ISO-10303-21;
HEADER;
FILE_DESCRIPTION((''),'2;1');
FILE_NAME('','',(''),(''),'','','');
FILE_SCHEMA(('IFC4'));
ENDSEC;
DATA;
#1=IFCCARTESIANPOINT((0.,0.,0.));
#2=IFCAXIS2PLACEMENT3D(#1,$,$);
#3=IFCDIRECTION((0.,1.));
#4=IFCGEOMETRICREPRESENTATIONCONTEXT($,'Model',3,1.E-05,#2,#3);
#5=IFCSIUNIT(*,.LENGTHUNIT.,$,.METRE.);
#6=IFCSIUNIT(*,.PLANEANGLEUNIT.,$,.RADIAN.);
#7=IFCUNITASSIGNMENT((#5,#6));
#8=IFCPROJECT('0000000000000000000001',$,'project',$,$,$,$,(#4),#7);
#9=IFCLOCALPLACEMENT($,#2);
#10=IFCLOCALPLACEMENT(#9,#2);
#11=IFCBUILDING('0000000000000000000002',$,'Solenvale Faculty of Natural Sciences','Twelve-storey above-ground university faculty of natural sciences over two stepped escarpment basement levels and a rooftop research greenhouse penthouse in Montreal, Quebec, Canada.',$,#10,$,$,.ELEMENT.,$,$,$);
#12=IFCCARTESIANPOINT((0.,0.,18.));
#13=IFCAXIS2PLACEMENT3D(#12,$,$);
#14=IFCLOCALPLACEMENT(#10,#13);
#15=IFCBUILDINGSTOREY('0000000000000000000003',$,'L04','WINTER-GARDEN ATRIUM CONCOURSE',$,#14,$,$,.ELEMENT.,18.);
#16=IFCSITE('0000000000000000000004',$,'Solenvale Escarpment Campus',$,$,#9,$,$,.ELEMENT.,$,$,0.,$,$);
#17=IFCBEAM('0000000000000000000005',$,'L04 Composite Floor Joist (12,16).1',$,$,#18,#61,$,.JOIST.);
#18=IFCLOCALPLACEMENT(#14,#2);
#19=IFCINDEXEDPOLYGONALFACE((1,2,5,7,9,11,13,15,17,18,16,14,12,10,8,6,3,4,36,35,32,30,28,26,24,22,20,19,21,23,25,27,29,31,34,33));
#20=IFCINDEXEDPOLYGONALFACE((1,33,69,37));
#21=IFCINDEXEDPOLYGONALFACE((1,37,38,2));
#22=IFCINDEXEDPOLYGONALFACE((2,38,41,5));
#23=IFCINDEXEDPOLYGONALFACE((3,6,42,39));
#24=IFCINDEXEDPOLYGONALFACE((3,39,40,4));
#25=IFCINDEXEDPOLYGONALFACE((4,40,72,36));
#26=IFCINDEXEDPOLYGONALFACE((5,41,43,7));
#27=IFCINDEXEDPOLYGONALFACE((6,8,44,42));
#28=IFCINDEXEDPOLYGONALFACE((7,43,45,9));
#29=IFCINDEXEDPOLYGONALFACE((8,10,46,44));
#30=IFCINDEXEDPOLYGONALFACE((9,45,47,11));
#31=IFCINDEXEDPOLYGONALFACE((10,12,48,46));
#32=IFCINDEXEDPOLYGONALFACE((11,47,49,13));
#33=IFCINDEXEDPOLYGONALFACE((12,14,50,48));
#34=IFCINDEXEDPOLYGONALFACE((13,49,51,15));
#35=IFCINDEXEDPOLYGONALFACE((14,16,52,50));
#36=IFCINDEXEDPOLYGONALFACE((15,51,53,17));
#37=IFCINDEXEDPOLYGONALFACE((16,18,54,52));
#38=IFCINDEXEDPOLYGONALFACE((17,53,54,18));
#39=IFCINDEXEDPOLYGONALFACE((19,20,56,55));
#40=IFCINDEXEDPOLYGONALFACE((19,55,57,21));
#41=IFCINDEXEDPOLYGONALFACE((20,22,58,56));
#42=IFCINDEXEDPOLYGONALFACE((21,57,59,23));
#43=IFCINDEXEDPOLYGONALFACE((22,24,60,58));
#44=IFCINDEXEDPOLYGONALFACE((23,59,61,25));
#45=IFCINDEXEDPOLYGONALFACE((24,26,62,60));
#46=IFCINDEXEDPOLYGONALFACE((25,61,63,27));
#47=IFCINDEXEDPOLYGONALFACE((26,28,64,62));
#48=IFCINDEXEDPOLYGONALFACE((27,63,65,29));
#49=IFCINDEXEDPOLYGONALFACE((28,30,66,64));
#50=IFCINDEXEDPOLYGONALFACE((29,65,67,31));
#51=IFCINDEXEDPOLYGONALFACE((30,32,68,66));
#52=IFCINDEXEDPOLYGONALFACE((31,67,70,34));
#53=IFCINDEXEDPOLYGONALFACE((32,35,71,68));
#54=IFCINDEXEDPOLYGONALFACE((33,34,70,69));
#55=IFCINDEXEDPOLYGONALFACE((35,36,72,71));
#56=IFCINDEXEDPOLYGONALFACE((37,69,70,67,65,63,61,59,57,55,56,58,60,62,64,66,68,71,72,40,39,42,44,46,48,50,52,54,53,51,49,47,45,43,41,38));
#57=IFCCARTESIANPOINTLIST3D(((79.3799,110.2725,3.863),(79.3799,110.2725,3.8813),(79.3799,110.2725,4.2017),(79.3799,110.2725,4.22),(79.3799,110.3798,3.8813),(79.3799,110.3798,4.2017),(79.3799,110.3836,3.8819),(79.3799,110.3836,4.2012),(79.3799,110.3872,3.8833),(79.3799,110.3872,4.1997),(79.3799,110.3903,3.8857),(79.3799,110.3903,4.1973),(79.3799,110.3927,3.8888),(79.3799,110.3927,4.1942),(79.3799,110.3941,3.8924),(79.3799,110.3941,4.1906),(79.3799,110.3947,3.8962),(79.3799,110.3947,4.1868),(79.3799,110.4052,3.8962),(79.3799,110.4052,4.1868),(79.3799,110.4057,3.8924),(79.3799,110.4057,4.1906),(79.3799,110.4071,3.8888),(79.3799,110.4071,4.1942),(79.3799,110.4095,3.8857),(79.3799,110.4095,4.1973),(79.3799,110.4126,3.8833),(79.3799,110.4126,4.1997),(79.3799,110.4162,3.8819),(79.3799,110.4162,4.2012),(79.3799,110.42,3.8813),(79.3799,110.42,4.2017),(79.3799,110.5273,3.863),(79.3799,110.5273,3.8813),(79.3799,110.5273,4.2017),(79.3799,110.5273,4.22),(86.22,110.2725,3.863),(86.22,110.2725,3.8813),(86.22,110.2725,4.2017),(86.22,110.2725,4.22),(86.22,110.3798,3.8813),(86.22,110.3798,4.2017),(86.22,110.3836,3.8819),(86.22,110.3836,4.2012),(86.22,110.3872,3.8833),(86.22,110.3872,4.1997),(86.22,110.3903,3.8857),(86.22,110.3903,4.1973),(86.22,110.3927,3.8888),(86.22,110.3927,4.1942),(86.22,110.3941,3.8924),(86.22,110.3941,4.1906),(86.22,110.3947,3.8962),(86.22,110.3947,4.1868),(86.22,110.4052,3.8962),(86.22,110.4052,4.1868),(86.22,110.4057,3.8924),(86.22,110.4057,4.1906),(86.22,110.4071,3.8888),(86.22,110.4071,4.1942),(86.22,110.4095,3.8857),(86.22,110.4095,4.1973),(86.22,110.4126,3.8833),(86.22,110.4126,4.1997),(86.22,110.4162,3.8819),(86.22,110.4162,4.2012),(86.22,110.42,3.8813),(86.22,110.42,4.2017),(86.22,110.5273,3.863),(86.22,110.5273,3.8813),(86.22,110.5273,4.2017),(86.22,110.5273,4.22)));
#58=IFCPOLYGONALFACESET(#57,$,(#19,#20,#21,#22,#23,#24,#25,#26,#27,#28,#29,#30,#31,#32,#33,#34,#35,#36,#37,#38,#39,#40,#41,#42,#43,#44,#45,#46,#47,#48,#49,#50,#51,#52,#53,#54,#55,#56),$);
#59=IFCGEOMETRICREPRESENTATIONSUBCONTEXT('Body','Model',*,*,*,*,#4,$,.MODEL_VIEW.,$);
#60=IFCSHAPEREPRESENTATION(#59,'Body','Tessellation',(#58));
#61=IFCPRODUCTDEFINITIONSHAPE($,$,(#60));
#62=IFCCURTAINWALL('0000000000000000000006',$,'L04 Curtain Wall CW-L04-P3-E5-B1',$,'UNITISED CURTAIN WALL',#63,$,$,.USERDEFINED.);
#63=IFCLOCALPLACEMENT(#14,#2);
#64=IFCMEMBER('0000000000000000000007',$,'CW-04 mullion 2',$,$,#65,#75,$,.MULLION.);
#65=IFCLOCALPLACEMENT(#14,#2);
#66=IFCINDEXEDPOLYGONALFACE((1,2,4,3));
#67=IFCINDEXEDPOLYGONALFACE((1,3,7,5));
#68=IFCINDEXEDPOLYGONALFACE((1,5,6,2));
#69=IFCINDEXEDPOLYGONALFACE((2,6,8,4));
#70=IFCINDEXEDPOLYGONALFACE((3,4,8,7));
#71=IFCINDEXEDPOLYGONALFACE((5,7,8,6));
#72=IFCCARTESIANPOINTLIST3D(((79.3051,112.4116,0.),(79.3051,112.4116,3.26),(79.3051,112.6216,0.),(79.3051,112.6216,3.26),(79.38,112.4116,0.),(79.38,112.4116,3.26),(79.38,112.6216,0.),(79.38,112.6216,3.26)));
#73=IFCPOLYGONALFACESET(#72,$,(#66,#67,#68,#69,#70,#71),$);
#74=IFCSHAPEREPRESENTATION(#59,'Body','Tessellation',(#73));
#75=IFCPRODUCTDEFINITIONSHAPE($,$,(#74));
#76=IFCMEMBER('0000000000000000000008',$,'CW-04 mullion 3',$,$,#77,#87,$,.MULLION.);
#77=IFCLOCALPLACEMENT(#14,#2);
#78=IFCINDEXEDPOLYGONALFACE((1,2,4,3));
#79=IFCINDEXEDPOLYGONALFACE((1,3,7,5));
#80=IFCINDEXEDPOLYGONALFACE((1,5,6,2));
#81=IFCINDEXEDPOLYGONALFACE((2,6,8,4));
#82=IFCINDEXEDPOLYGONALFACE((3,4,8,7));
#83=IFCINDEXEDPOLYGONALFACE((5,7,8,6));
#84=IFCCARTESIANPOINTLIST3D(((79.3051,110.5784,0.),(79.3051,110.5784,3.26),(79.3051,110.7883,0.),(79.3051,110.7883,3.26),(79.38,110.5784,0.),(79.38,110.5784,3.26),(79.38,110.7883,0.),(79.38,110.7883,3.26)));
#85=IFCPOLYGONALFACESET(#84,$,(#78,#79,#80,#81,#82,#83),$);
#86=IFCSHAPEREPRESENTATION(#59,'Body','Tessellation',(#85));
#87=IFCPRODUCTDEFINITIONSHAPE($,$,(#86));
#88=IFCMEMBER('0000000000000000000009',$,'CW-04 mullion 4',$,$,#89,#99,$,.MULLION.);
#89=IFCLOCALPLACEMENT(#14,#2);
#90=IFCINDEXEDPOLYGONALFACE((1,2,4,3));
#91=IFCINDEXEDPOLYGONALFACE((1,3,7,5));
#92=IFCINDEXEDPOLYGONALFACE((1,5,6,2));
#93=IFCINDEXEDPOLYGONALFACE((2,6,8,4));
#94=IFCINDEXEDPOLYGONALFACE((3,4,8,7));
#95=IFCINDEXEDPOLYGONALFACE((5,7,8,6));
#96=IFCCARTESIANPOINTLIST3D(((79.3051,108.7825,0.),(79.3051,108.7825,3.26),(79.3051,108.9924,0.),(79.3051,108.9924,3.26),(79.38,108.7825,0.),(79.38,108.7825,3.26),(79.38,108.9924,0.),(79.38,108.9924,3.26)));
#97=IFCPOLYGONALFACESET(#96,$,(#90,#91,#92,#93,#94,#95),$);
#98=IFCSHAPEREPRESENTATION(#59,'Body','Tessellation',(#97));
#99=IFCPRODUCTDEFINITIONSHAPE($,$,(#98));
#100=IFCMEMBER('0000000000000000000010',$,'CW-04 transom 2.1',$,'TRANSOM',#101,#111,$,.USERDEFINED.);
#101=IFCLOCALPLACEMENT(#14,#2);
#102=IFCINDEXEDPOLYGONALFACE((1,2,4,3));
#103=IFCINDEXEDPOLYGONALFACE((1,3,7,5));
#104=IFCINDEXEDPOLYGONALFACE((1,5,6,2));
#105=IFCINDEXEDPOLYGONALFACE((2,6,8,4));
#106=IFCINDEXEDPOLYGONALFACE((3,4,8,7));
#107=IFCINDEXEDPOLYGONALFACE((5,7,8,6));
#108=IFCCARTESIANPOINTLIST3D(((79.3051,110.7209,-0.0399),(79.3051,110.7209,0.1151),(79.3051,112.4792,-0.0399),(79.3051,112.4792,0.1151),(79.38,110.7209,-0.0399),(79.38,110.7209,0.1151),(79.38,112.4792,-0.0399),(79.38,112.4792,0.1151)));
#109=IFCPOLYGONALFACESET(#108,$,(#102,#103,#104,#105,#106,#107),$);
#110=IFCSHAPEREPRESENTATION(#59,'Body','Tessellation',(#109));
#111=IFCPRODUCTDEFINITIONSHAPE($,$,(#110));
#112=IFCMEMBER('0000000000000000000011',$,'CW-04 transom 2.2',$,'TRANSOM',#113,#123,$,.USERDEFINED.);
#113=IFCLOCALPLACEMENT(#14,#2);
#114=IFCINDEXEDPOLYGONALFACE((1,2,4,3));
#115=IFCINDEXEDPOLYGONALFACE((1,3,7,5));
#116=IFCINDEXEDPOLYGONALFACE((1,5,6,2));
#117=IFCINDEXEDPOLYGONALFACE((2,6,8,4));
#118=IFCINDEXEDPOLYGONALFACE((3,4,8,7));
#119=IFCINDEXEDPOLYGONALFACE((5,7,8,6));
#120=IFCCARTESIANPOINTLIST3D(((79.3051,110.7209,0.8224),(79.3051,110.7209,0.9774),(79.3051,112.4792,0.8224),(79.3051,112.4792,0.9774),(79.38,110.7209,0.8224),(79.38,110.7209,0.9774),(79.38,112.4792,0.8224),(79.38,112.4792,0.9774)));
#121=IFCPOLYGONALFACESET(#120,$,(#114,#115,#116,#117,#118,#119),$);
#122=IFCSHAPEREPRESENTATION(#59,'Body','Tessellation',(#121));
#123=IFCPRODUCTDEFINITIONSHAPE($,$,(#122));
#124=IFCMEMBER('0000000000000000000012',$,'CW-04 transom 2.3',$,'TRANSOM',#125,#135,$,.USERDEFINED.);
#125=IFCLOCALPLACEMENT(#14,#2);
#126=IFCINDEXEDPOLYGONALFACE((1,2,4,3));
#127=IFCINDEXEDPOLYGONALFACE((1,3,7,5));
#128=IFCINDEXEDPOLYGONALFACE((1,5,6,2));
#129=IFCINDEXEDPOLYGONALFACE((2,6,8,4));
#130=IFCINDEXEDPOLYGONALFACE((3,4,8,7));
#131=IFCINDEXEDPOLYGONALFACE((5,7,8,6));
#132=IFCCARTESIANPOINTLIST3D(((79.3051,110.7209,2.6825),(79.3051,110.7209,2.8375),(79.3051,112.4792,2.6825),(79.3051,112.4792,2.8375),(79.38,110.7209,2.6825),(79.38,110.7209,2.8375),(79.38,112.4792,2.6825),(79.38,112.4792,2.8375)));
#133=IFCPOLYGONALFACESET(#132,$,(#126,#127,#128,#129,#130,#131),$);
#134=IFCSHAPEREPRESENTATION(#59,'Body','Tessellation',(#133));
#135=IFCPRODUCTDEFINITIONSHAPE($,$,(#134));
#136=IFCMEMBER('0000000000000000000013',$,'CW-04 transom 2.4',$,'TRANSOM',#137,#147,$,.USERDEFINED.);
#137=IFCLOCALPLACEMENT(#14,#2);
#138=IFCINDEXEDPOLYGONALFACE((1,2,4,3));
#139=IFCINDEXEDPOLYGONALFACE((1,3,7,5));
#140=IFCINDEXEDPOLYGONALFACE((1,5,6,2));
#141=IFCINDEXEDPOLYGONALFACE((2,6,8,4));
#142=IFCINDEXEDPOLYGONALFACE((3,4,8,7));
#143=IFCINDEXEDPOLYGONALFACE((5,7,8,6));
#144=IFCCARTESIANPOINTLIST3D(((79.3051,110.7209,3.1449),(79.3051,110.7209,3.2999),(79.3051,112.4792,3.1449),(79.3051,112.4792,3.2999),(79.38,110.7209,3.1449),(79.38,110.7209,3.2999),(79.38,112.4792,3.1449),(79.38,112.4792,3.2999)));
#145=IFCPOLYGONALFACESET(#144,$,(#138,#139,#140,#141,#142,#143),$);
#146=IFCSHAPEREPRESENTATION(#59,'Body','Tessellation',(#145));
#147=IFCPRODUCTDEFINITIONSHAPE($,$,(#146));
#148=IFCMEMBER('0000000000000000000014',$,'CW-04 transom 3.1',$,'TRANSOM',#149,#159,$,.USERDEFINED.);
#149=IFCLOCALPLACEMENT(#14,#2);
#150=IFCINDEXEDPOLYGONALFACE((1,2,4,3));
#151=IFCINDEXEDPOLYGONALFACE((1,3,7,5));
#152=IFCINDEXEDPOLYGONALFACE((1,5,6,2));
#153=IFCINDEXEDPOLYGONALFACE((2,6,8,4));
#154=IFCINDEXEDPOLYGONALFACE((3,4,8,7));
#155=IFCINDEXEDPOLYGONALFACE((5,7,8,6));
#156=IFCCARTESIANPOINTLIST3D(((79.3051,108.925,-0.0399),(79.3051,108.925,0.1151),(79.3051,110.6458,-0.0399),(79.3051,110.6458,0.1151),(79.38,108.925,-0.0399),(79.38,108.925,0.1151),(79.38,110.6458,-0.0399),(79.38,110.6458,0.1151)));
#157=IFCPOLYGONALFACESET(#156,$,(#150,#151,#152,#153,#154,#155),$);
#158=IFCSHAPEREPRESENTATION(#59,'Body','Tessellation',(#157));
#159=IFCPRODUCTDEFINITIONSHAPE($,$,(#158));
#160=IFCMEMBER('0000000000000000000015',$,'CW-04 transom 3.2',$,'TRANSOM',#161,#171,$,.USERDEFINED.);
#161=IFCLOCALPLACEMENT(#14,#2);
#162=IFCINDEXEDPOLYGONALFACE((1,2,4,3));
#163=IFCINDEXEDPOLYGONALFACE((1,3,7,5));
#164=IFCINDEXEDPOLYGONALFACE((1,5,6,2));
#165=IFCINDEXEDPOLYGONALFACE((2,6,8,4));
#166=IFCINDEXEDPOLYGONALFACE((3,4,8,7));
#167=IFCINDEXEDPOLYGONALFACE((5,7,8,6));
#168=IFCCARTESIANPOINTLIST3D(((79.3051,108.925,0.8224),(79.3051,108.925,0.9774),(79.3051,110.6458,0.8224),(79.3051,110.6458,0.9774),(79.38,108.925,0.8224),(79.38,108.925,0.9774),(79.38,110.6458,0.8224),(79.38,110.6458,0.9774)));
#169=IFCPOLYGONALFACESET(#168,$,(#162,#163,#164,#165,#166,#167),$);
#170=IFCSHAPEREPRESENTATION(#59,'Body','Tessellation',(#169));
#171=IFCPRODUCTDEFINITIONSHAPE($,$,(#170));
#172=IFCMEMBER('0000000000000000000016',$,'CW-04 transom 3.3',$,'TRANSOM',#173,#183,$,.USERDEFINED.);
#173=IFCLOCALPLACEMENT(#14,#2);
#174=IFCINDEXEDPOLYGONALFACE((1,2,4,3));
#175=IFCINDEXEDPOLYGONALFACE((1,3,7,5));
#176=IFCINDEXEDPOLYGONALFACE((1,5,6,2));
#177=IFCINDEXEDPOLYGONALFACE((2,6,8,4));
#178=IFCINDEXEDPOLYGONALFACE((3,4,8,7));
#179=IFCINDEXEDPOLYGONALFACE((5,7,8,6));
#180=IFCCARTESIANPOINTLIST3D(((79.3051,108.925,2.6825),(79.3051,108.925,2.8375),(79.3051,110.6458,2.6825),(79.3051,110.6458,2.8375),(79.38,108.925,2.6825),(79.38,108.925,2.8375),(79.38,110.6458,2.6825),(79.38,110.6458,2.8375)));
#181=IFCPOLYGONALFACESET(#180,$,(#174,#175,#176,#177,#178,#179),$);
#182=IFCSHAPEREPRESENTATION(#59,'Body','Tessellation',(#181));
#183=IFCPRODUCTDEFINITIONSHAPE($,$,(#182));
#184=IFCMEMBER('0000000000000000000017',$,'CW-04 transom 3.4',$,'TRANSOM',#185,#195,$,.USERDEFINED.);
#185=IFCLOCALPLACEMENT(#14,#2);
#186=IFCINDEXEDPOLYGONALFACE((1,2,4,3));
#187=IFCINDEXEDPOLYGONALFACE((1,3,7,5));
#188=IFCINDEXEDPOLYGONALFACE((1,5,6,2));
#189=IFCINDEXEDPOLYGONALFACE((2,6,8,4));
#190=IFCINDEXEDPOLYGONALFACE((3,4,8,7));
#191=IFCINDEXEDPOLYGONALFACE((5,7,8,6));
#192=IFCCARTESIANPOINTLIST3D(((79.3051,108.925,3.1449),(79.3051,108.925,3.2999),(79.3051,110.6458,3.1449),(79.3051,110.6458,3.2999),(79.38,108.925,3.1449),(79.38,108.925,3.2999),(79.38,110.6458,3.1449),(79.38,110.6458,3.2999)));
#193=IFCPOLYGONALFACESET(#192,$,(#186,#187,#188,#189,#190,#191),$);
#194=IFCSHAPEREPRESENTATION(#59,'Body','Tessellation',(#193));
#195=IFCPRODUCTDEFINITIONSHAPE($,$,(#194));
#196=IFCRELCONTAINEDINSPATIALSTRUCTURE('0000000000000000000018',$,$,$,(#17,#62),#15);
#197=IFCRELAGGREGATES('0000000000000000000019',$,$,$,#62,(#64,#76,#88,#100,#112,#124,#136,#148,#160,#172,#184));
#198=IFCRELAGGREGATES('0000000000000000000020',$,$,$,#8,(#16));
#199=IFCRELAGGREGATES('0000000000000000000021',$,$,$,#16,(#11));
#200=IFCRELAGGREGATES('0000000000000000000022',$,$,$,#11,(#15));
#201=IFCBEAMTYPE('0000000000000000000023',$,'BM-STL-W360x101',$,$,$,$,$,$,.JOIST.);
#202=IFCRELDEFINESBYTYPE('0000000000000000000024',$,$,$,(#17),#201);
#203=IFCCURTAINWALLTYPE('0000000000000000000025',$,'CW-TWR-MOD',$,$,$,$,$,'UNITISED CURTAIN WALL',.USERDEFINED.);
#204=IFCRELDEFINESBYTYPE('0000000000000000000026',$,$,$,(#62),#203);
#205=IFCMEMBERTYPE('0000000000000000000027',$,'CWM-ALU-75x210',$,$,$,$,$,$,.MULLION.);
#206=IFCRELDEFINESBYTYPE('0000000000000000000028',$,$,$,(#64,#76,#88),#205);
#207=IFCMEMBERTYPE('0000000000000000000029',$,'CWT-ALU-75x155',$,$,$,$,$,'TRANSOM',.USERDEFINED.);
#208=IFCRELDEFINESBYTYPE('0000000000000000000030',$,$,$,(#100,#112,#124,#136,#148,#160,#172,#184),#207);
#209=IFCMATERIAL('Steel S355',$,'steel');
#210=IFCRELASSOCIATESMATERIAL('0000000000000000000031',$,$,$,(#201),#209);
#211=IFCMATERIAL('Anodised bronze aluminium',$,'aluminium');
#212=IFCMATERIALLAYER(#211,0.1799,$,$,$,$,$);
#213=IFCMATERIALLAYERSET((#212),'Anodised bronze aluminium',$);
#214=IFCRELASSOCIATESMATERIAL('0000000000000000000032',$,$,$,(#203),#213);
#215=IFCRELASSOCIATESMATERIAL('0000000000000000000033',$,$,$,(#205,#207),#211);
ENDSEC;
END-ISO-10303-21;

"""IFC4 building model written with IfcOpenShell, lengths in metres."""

from ifc_helpers import new_model, si_unit, direction, frame, origin, origin_2d, place, context, subcontext, project, spatial, rectangle, i_section, extrude, material, layer, layer_set, material_profile, profile_set, type_object, element, aggregate, save


model = new_model("IFC4")

# Units and contexts
model_context = context("Model", 3, precision=1e-05, world=origin(), true_north=direction((0.0, 1.0)))
body_context = subcontext(model_context, "Body", "Model", "MODEL_VIEW")
ifc_project = project(units=[si_unit("LENGTHUNIT", "METRE"), si_unit("PLANEANGLEUNIT", "RADIAN")], contexts=[model_context])

# Site, building, storey
site_placement = place(None, origin())
site = spatial("IfcSite", under=ifc_project, at=site_placement, Name="Solenvale Escarpment Campus", CompositionType="ELEMENT", RefElevation=0.0)
building_placement = place(site_placement, origin())
building = spatial("IfcBuilding", under=site, at=building_placement, Name="Solenvale Faculty of Natural Sciences", Description="Twelve-storey above-ground university faculty of natural sciences over two stepped escarpment basement levels and a rooftop research greenhouse penthouse in Montreal, Quebec, Canada.", CompositionType="ELEMENT")
storey_placement = place(building_placement, frame((0.0, 0.0, 18.0)))
storey = spatial("IfcBuildingStorey", under=building, at=storey_placement, Name="L04", Description="WINTER-GARDEN ATRIUM CONCOURSE", CompositionType="ELEMENT", Elevation=18.0)

# Beam
ifc_material_1 = material(Name="Steel S355", Category="steel")
ifc_material_profile_1 = material_profile(ifc_material_1, i_section(OverallWidth=0.2549, OverallDepth=0.3569, WebThickness=0.0105, FlangeThickness=0.0183, FilletRadius=0.0149, at=origin_2d()), Name="W360x101")
ifc_profile_set_1 = profile_set([ifc_material_profile_1], Name="Steel S355")
beam_type = type_object("IfcBeamType", Name="BM-STL-W360x101", PredefinedType="JOIST", material=ifc_profile_set_1)
beam_placement = place(storey_placement, frame((79.3799, 110.3999, 4.0415), z_axis=(1.0, 0.0, 0.0), x_axis=(0.0, 1.0, 0.0)))
element("IfcBeam", 1, at=beam_placement, inside=storey, type_object=beam_type, Name="L04 Composite Floor Joist (12,16).1", PredefinedType="JOIST", context=body_context, shape_type="SweptSolid", body=[
    extrude(i_section(OverallWidth=0.2549, OverallDepth=0.3569, WebThickness=0.0105, FlangeThickness=0.0183, FilletRadius=0.0149, at=origin_2d()), origin(), (0.0, 0.0, 1.0), 6.8401),
])

# Curtain wall, members
ifc_material_2 = material(Name="Anodised bronze aluminium", Category="aluminium")
ifc_layer_1 = layer(ifc_material_2, 0.1799)
ifc_layer_set_1 = layer_set([ifc_layer_1], Name="Anodised bronze aluminium")
curtain_wall_type = type_object("IfcCurtainWallType", Name="CW-TWR-MOD", ElementType="UNITISED CURTAIN WALL", PredefinedType="USERDEFINED", material=ifc_layer_set_1)
curtain_wall_placement = place(storey_placement, origin())
curtain_wall = element("IfcCurtainWall", 2, at=curtain_wall_placement, inside=storey, type_object=curtain_wall_type, Name="L04 Curtain Wall CW-L04-P3-E5-B1", ObjectType="UNITISED CURTAIN WALL", PredefinedType="USERDEFINED")
ifc_material_profile_2 = material_profile(ifc_material_2, rectangle(XDim=0.075, YDim=0.21, at=origin_2d()), Name="ALU-MUL-75x210")
ifc_profile_set_2 = profile_set([ifc_material_profile_2], Name="Anodised bronze aluminium")
member_type_1 = type_object("IfcMemberType", Name="CWM-ALU-75x210", PredefinedType="MULLION", material=ifc_profile_set_2)
member_1_placement = place(storey_placement, frame((79.3425, 112.5166, 0.0), z_axis=(0.0, 0.0, 1.0), x_axis=(1.0, 0.0, 0.0)))
member_1 = element("IfcMember", 3, at=member_1_placement, type_object=member_type_1, Name="CW-04 mullion 2", PredefinedType="MULLION", context=body_context, shape_type="SweptSolid", body=[
    extrude(rectangle(XDim=0.075, YDim=0.21, at=origin_2d()), origin(), (0.0, 0.0, 1.0), 3.26),
])
member_2_placement = place(storey_placement, frame((79.3425, 110.6833, 0.0), z_axis=(0.0, 0.0, 1.0), x_axis=(1.0, 0.0, 0.0)))
member_2 = element("IfcMember", 4, at=member_2_placement, type_object=member_type_1, Name="CW-04 mullion 3", PredefinedType="MULLION", context=body_context, shape_type="SweptSolid", body=[
    extrude(rectangle(XDim=0.075, YDim=0.21, at=origin_2d()), origin(), (0.0, 0.0, 1.0), 3.26),
])
member_3_placement = place(storey_placement, frame((79.3425, 108.8875, 0.0), z_axis=(0.0, 0.0, 1.0), x_axis=(1.0, 0.0, 0.0)))
member_3 = element("IfcMember", 5, at=member_3_placement, type_object=member_type_1, Name="CW-04 mullion 4", PredefinedType="MULLION", context=body_context, shape_type="SweptSolid", body=[
    extrude(rectangle(XDim=0.075, YDim=0.21, at=origin_2d()), origin(), (0.0, 0.0, 1.0), 3.26),
])
ifc_material_profile_3 = material_profile(ifc_material_2, rectangle(XDim=0.075, YDim=0.155, at=origin_2d()), Name="ALU-TRN-75x155")
ifc_profile_set_3 = profile_set([ifc_material_profile_3], Name="Anodised bronze aluminium")
member_type_2 = type_object("IfcMemberType", Name="CWT-ALU-75x155", ElementType="TRANSOM", PredefinedType="USERDEFINED", material=ifc_profile_set_3)
member_4_placement = place(storey_placement, frame((79.3425, 112.4792, 0.0376), z_axis=(0.0, -1.0, 0.0), x_axis=(1.0, 0.0, 0.0)))
member_4 = element("IfcMember", 6, at=member_4_placement, type_object=member_type_2, Name="CW-04 transom 2.1", ObjectType="TRANSOM", PredefinedType="USERDEFINED", context=body_context, shape_type="SweptSolid", body=[
    extrude(rectangle(XDim=0.075, YDim=0.155, at=origin_2d()), origin(), (0.0, 0.0, 1.0), 1.7583),
])
member_5_placement = place(storey_placement, frame((79.3425, 112.4792, 0.8999), z_axis=(0.0, -1.0, 0.0), x_axis=(1.0, 0.0, 0.0)))
member_5 = element("IfcMember", 7, at=member_5_placement, type_object=member_type_2, Name="CW-04 transom 2.2", ObjectType="TRANSOM", PredefinedType="USERDEFINED", context=body_context, shape_type="SweptSolid", body=[
    extrude(rectangle(XDim=0.075, YDim=0.155, at=origin_2d()), origin(), (0.0, 0.0, 1.0), 1.7583),
])
member_6_placement = place(storey_placement, frame((79.3425, 112.4792, 2.76), z_axis=(0.0, -1.0, 0.0), x_axis=(1.0, 0.0, 0.0)))
member_6 = element("IfcMember", 8, at=member_6_placement, type_object=member_type_2, Name="CW-04 transom 2.3", ObjectType="TRANSOM", PredefinedType="USERDEFINED", context=body_context, shape_type="SweptSolid", body=[
    extrude(rectangle(XDim=0.075, YDim=0.155, at=origin_2d()), origin(), (0.0, 0.0, 1.0), 1.7583),
])
member_7_placement = place(storey_placement, frame((79.3425, 112.4792, 3.2224), z_axis=(0.0, -1.0, 0.0), x_axis=(1.0, 0.0, 0.0)))
member_7 = element("IfcMember", 9, at=member_7_placement, type_object=member_type_2, Name="CW-04 transom 2.4", ObjectType="TRANSOM", PredefinedType="USERDEFINED", context=body_context, shape_type="SweptSolid", body=[
    extrude(rectangle(XDim=0.075, YDim=0.155, at=origin_2d()), origin(), (0.0, 0.0, 1.0), 1.7583),
])
member_8_placement = place(storey_placement, frame((79.3425, 110.6458, 0.0376), z_axis=(0.0, -1.0, 0.0), x_axis=(1.0, 0.0, 0.0)))
member_8 = element("IfcMember", 10, at=member_8_placement, type_object=member_type_2, Name="CW-04 transom 3.1", ObjectType="TRANSOM", PredefinedType="USERDEFINED", context=body_context, shape_type="SweptSolid", body=[
    extrude(rectangle(XDim=0.075, YDim=0.155, at=origin_2d()), origin(), (0.0, 0.0, 1.0), 1.7207),
])
member_9_placement = place(storey_placement, frame((79.3425, 110.6458, 0.8999), z_axis=(0.0, -1.0, 0.0), x_axis=(1.0, 0.0, 0.0)))
member_9 = element("IfcMember", 11, at=member_9_placement, type_object=member_type_2, Name="CW-04 transom 3.2", ObjectType="TRANSOM", PredefinedType="USERDEFINED", context=body_context, shape_type="SweptSolid", body=[
    extrude(rectangle(XDim=0.075, YDim=0.155, at=origin_2d()), origin(), (0.0, 0.0, 1.0), 1.7207),
])
member_10_placement = place(storey_placement, frame((79.3425, 110.6458, 2.76), z_axis=(0.0, -1.0, 0.0), x_axis=(1.0, 0.0, 0.0)))
member_10 = element("IfcMember", 12, at=member_10_placement, type_object=member_type_2, Name="CW-04 transom 3.3", ObjectType="TRANSOM", PredefinedType="USERDEFINED", context=body_context, shape_type="SweptSolid", body=[
    extrude(rectangle(XDim=0.075, YDim=0.155, at=origin_2d()), origin(), (0.0, 0.0, 1.0), 1.7207),
])
member_11_placement = place(storey_placement, frame((79.3425, 110.6458, 3.2224), z_axis=(0.0, -1.0, 0.0), x_axis=(1.0, 0.0, 0.0)))
member_11 = element("IfcMember", 13, at=member_11_placement, type_object=member_type_2, Name="CW-04 transom 3.4", ObjectType="TRANSOM", PredefinedType="USERDEFINED", context=body_context, shape_type="SweptSolid", body=[
    extrude(rectangle(XDim=0.075, YDim=0.155, at=origin_2d()), origin(), (0.0, 0.0, 1.0), 1.7207),
])
aggregate(curtain_wall, [member_1, member_2, member_3, member_4, member_5, member_6, member_7, member_8, member_9, member_10, member_11])

save(model, "model.ifc")
